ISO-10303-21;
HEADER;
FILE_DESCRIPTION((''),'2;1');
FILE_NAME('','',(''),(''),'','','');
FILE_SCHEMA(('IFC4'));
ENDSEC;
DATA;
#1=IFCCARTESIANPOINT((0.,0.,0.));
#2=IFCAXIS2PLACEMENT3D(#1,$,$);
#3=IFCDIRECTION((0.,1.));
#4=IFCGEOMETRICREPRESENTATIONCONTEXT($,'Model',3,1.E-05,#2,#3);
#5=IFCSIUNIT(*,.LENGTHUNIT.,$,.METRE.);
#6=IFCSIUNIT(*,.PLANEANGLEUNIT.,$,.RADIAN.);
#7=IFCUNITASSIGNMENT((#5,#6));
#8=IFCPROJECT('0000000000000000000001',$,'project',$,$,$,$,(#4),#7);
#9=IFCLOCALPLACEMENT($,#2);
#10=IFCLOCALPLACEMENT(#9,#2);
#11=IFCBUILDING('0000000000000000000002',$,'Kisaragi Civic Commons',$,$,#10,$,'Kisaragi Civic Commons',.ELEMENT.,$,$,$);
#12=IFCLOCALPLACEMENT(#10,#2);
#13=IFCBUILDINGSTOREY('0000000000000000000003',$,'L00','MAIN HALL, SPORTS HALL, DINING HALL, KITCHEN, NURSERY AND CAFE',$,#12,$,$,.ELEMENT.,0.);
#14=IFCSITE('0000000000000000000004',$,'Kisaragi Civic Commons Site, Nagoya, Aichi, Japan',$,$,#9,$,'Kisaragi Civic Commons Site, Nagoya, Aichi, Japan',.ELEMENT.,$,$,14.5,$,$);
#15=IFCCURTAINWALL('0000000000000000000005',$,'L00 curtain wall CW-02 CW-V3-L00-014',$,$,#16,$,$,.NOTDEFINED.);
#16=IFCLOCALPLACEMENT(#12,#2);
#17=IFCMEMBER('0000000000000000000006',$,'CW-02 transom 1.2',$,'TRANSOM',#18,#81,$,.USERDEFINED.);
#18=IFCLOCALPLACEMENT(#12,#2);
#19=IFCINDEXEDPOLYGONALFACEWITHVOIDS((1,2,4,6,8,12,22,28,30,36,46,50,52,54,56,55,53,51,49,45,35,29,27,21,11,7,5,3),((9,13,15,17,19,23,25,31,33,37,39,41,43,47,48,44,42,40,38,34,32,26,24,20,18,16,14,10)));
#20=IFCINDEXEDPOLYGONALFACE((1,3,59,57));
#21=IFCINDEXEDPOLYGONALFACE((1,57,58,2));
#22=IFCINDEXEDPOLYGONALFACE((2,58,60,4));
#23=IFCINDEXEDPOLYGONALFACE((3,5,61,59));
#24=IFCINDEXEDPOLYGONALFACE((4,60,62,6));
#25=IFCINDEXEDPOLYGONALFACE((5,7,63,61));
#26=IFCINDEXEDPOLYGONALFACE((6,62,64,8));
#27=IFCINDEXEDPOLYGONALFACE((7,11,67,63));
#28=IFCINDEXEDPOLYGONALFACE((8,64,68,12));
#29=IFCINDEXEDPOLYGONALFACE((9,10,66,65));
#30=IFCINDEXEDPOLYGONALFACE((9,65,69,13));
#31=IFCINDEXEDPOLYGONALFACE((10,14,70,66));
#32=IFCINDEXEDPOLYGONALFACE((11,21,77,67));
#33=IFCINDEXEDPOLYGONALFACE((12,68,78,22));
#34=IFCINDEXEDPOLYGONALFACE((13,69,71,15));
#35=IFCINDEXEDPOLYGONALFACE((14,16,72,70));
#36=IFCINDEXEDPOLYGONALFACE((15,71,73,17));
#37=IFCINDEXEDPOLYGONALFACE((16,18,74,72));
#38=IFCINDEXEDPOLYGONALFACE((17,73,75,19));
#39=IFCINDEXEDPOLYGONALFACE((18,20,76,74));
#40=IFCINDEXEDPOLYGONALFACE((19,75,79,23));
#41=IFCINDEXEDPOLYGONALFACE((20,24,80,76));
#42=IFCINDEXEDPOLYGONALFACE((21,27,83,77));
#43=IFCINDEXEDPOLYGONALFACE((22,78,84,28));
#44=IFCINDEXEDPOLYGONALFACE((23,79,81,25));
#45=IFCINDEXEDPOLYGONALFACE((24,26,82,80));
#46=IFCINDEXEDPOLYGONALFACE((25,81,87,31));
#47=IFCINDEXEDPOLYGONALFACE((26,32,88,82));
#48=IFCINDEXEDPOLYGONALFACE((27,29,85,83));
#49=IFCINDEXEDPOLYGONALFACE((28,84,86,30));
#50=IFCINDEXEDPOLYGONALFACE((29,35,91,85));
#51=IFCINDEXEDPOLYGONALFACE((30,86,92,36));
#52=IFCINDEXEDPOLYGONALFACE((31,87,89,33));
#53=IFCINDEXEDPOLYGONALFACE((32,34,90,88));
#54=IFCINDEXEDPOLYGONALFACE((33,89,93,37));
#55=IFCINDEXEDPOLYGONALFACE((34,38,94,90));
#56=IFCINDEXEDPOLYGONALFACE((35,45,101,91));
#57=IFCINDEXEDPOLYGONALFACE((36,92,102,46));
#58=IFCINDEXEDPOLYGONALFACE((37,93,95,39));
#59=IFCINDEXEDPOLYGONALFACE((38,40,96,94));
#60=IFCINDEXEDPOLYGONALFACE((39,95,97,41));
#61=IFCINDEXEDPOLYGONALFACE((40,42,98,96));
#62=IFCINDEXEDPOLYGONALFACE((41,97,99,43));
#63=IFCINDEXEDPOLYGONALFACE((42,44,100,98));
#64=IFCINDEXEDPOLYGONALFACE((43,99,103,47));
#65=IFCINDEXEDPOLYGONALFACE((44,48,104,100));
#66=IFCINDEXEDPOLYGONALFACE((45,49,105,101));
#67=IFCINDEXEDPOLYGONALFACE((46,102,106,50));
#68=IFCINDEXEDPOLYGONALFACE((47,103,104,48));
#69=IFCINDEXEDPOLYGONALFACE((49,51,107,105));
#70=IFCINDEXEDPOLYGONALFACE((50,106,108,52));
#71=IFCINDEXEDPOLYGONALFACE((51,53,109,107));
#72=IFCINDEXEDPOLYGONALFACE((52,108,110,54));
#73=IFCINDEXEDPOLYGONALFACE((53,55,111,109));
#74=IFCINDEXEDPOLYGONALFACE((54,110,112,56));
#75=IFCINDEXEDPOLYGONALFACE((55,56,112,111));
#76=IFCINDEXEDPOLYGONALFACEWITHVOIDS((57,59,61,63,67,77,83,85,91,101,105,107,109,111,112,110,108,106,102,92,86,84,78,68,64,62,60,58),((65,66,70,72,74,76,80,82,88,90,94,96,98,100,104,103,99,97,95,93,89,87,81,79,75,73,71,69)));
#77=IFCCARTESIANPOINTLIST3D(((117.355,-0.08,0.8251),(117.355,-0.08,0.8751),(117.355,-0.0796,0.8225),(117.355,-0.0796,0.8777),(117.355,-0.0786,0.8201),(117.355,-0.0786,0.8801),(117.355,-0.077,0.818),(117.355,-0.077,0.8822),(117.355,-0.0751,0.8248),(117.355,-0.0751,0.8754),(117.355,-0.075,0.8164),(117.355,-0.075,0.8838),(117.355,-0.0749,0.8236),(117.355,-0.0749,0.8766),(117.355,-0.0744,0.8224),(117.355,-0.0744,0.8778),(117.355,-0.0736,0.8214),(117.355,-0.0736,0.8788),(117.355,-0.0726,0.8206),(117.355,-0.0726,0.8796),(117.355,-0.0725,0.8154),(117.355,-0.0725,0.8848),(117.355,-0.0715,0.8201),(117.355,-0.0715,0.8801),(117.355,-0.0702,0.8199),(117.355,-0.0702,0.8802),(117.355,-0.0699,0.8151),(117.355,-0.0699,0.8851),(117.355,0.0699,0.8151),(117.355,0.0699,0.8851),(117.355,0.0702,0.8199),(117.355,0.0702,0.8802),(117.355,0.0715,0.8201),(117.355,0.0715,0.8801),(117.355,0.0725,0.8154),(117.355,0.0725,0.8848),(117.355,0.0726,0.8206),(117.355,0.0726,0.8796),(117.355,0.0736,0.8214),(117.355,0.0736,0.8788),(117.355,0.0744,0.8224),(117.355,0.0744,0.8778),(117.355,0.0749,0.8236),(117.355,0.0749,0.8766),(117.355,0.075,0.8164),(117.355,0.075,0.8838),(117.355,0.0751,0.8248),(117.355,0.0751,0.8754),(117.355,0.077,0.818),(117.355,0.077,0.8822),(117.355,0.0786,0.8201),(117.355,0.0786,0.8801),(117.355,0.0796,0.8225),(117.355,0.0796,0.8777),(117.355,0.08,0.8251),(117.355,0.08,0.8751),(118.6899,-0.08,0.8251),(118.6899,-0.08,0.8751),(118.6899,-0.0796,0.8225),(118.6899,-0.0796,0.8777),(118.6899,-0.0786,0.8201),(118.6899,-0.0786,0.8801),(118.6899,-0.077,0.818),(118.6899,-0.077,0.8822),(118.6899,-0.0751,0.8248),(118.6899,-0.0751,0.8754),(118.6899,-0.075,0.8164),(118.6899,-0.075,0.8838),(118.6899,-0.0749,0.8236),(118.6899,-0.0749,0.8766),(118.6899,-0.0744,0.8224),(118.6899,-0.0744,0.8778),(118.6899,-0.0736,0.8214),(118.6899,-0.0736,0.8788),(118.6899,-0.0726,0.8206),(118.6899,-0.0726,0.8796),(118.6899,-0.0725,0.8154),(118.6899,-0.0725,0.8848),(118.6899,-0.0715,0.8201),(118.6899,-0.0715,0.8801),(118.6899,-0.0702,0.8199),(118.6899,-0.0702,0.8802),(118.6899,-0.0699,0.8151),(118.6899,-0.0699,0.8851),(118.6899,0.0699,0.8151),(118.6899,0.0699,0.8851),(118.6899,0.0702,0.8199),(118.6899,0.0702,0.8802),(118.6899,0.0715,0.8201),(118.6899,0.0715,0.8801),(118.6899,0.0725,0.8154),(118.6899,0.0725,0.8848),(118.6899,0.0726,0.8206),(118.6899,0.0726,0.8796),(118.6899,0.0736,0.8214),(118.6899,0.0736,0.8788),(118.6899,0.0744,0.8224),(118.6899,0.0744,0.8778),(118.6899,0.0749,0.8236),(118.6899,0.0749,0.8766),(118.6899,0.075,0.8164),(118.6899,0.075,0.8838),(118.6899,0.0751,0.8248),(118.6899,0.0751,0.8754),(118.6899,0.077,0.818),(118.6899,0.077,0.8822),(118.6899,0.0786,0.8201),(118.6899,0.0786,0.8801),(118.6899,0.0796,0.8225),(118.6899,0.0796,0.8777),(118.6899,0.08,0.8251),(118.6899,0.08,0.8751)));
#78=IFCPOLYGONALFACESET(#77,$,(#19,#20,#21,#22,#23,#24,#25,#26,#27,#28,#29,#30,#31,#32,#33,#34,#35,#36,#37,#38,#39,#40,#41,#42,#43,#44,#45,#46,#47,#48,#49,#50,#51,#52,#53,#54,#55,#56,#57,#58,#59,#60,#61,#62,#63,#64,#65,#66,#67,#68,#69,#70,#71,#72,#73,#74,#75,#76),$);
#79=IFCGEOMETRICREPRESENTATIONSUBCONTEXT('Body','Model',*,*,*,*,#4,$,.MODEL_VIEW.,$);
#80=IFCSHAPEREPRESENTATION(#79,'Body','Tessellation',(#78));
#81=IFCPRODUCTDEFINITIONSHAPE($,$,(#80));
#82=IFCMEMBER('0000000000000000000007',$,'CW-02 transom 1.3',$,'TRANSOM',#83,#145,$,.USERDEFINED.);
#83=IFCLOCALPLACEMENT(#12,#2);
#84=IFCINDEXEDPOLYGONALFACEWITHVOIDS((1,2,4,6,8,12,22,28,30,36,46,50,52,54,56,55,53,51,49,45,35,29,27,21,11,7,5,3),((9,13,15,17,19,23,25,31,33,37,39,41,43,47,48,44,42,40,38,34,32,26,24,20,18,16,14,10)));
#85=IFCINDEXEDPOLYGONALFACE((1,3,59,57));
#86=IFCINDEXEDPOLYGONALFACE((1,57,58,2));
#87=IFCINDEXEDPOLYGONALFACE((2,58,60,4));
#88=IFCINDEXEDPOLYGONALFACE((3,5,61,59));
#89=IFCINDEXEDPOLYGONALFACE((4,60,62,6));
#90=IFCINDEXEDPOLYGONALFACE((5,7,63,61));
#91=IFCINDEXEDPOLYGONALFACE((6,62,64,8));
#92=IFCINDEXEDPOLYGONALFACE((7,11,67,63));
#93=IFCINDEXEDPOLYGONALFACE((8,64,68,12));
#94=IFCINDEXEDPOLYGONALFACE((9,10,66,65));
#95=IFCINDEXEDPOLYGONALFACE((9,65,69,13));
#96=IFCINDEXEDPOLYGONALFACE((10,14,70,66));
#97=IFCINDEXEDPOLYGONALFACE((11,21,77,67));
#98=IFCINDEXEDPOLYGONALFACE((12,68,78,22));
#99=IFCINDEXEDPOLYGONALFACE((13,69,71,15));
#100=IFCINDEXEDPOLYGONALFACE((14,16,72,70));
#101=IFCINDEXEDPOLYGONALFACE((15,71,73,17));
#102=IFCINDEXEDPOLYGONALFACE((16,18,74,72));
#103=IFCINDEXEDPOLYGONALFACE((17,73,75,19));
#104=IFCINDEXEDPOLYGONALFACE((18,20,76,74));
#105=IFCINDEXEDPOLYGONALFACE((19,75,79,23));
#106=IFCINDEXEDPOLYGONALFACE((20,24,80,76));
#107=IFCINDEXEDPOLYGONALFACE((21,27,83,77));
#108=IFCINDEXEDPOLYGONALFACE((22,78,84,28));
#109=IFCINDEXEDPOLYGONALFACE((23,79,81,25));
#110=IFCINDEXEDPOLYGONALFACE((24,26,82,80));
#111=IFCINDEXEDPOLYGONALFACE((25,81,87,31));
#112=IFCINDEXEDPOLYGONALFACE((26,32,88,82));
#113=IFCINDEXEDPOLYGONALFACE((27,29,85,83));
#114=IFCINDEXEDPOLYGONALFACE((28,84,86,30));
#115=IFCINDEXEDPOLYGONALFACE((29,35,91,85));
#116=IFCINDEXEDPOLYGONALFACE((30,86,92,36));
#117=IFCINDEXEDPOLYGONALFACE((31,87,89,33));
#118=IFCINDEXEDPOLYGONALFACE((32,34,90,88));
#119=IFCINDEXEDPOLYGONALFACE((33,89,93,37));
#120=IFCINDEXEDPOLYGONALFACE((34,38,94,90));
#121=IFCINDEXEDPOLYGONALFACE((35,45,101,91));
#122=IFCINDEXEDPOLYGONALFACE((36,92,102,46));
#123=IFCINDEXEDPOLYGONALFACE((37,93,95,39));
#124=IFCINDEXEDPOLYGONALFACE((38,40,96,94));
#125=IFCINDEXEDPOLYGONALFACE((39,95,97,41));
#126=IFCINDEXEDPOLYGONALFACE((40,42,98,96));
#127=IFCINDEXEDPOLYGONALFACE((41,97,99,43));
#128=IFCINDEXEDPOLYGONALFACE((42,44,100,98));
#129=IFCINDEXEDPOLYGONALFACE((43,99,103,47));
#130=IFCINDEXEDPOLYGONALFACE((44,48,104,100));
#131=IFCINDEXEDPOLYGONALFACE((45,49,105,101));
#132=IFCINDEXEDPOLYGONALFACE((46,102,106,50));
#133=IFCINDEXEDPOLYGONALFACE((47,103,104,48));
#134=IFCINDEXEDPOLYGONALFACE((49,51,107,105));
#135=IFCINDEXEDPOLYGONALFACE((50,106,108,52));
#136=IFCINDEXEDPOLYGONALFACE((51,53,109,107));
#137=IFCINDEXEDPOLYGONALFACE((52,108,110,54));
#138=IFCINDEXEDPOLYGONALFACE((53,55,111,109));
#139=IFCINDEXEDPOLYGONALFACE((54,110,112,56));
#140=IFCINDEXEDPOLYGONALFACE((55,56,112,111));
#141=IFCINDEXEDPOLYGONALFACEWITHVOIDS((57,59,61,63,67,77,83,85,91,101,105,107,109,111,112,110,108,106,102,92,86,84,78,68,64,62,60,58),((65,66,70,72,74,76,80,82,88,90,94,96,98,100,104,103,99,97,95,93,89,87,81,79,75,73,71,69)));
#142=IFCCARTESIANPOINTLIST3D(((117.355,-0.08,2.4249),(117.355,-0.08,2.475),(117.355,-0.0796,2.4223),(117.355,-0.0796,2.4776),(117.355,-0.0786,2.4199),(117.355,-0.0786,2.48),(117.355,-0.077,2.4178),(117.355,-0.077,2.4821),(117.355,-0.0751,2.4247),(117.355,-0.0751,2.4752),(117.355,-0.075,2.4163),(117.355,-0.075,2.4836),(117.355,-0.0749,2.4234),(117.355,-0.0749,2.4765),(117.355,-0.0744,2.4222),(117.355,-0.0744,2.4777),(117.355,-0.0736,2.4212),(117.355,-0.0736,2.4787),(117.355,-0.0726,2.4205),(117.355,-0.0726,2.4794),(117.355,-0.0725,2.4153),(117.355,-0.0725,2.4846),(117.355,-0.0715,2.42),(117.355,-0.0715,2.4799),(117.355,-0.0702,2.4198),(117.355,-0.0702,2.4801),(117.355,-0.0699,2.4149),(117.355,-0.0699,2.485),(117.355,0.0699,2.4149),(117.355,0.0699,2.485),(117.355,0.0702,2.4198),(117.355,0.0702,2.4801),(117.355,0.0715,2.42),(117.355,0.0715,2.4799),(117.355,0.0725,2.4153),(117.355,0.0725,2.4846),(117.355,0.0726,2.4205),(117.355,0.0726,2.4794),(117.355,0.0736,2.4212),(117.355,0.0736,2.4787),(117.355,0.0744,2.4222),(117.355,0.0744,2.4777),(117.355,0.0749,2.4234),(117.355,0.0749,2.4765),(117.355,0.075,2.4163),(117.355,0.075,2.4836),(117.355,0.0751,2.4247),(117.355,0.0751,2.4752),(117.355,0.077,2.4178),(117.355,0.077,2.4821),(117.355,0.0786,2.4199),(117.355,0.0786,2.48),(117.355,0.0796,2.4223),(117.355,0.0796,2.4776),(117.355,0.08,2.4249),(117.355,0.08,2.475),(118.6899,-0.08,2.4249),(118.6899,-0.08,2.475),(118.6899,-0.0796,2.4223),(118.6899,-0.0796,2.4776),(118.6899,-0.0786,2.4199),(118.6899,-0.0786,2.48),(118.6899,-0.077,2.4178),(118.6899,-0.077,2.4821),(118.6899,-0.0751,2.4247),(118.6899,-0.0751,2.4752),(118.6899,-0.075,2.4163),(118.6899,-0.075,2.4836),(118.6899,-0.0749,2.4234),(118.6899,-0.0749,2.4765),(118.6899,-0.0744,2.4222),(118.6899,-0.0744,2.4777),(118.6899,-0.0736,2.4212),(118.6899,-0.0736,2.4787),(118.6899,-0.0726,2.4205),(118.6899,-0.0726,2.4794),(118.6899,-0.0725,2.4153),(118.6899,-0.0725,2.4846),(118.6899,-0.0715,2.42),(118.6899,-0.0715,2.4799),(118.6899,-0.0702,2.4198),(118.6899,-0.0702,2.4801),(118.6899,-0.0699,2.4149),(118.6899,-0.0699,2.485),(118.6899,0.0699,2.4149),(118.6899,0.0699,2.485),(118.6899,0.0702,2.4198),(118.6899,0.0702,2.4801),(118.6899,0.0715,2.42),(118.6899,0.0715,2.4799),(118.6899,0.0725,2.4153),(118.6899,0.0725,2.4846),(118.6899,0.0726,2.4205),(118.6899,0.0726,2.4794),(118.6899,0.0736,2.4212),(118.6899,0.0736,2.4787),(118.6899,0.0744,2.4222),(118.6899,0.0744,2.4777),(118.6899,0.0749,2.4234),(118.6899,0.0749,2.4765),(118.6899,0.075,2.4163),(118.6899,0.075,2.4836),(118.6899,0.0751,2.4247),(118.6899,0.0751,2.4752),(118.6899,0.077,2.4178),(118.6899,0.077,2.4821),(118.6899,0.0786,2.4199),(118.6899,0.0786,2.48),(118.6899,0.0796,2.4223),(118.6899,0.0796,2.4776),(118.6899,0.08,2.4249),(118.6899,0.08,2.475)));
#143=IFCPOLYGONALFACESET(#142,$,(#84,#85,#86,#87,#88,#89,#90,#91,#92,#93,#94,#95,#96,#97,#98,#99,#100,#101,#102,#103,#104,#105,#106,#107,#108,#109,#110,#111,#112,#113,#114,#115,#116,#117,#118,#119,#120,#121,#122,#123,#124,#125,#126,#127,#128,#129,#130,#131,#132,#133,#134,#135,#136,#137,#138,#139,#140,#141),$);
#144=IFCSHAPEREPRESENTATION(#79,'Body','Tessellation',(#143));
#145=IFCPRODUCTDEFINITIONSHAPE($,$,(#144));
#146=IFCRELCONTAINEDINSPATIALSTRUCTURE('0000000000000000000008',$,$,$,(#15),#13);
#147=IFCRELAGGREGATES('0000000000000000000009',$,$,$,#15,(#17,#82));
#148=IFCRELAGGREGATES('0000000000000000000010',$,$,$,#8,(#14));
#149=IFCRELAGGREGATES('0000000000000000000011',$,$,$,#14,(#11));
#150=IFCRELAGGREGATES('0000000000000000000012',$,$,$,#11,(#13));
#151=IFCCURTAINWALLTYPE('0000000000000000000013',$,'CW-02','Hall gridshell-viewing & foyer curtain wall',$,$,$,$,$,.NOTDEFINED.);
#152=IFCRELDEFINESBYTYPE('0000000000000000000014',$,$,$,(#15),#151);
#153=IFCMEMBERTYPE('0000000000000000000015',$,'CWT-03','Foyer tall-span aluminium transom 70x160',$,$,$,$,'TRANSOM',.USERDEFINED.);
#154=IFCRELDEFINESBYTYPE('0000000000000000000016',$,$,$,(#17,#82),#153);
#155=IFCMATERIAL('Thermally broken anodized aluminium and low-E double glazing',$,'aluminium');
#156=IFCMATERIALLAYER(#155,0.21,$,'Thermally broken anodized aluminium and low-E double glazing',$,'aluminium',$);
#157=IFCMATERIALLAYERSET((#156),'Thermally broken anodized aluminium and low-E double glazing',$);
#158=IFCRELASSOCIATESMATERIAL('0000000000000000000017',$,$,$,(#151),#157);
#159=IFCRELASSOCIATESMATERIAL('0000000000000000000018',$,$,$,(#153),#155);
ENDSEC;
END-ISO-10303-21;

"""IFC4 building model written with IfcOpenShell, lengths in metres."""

from ifc_helpers import new_model, si_unit, direction, frame, origin, origin_2d, place, context, subcontext, project, spatial, hollow_rectangle, extrude, material, layer, layer_set, material_profile, profile_set, type_object, element, aggregate, save


model = new_model("IFC4")

# Units and contexts
model_context = context("Model", 3, precision=1e-05, world=origin(), true_north=direction((0.0, 1.0)))
body_context = subcontext(model_context, "Body", "Model", "MODEL_VIEW")
ifc_project = project(units=[si_unit("LENGTHUNIT", "METRE"), si_unit("PLANEANGLEUNIT", "RADIAN")], contexts=[model_context])

# Site, building, storey
site_placement = place(None, origin())
site = spatial("IfcSite", under=ifc_project, at=site_placement, Name="Kisaragi Civic Commons Site, Nagoya, Aichi, Japan", LongName="Kisaragi Civic Commons Site, Nagoya, Aichi, Japan", CompositionType="ELEMENT", RefElevation=14.5)
building_placement = place(site_placement, origin())
building = spatial("IfcBuilding", under=site, at=building_placement, Name="Kisaragi Civic Commons", LongName="Kisaragi Civic Commons", CompositionType="ELEMENT")
storey_placement = place(building_placement, origin())
storey = spatial("IfcBuildingStorey", under=building, at=storey_placement, Name="L00", Description="MAIN HALL, SPORTS HALL, DINING HALL, KITCHEN, NURSERY AND CAFE", CompositionType="ELEMENT", Elevation=0.0)

# Shared definitions
ifc_material_1 = material(Name="Thermally broken anodized aluminium and low-E double glazing", Category="aluminium")
ifc_layer_1 = layer(ifc_material_1, 0.21, Name="Thermally broken anodized aluminium and low-E double glazing", Category="aluminium")
ifc_layer_set_1 = layer_set([ifc_layer_1], Name="Thermally broken anodized aluminium and low-E double glazing")
curtain_wall_type = type_object("IfcCurtainWallType", Name="CW-02", Description="Hall gridshell-viewing & foyer curtain wall", PredefinedType="NOTDEFINED", material=ifc_layer_set_1)

# Curtain wall, members
curtain_wall_1_placement = place(storey_placement, origin())
curtain_wall_1 = element("IfcCurtainWall", 1, at=curtain_wall_1_placement, inside=storey, type_object=curtain_wall_type, Name="L00 curtain wall CW-02 CW-V3-L00-014", PredefinedType="NOTDEFINED")
ifc_material_profile_1 = material_profile(ifc_material_1, hollow_rectangle(XDim=0.1599, YDim=0.0701, WallThickness=0.0049, InnerFilletRadius=0.0049, OuterFilletRadius=0.01, at=origin_2d()), Name="CWT-70x160x5", Category="aluminium")
ifc_profile_set_1 = profile_set([ifc_material_profile_1], Name="Thermally broken anodized aluminium and low-E double glazing")
member_type_1 = type_object("IfcMemberType", Name="CWT-03", Description="Foyer tall-span aluminium transom 70x160", ElementType="TRANSOM", PredefinedType="USERDEFINED", material=ifc_profile_set_1)
member_1_placement = place(storey_placement, frame((118.6899, 0.0, 0.8501), z_axis=(-1.0, 0.0, 0.0), x_axis=(0.0, -1.0, 0.0)))
member_1 = element("IfcMember", 2, at=member_1_placement, type_object=member_type_1, Name="CW-02 transom 1.2", ObjectType="TRANSOM", PredefinedType="USERDEFINED", context=body_context, shape_type="SweptSolid", body=[
    extrude(hollow_rectangle(XDim=0.1599, YDim=0.0701, WallThickness=0.0049, InnerFilletRadius=0.0049, OuterFilletRadius=0.01, at=origin_2d()), origin(), (0.0, 0.0, 1.0), 1.335),
])
member_2_placement = place(storey_placement, frame((118.6899, 0.0, 2.45), z_axis=(-1.0, 0.0, 0.0), x_axis=(0.0, -1.0, 0.0)))
member_2 = element("IfcMember", 3, at=member_2_placement, type_object=member_type_1, Name="CW-02 transom 1.3", ObjectType="TRANSOM", PredefinedType="USERDEFINED", context=body_context, shape_type="SweptSolid", body=[
    extrude(hollow_rectangle(XDim=0.1599, YDim=0.0701, WallThickness=0.0049, InnerFilletRadius=0.0049, OuterFilletRadius=0.01, at=origin_2d()), origin(), (0.0, 0.0, 1.0), 1.335),
])

aggregate(curtain_wall_1, [member_1, member_2])

save(model, "model.ifc")
